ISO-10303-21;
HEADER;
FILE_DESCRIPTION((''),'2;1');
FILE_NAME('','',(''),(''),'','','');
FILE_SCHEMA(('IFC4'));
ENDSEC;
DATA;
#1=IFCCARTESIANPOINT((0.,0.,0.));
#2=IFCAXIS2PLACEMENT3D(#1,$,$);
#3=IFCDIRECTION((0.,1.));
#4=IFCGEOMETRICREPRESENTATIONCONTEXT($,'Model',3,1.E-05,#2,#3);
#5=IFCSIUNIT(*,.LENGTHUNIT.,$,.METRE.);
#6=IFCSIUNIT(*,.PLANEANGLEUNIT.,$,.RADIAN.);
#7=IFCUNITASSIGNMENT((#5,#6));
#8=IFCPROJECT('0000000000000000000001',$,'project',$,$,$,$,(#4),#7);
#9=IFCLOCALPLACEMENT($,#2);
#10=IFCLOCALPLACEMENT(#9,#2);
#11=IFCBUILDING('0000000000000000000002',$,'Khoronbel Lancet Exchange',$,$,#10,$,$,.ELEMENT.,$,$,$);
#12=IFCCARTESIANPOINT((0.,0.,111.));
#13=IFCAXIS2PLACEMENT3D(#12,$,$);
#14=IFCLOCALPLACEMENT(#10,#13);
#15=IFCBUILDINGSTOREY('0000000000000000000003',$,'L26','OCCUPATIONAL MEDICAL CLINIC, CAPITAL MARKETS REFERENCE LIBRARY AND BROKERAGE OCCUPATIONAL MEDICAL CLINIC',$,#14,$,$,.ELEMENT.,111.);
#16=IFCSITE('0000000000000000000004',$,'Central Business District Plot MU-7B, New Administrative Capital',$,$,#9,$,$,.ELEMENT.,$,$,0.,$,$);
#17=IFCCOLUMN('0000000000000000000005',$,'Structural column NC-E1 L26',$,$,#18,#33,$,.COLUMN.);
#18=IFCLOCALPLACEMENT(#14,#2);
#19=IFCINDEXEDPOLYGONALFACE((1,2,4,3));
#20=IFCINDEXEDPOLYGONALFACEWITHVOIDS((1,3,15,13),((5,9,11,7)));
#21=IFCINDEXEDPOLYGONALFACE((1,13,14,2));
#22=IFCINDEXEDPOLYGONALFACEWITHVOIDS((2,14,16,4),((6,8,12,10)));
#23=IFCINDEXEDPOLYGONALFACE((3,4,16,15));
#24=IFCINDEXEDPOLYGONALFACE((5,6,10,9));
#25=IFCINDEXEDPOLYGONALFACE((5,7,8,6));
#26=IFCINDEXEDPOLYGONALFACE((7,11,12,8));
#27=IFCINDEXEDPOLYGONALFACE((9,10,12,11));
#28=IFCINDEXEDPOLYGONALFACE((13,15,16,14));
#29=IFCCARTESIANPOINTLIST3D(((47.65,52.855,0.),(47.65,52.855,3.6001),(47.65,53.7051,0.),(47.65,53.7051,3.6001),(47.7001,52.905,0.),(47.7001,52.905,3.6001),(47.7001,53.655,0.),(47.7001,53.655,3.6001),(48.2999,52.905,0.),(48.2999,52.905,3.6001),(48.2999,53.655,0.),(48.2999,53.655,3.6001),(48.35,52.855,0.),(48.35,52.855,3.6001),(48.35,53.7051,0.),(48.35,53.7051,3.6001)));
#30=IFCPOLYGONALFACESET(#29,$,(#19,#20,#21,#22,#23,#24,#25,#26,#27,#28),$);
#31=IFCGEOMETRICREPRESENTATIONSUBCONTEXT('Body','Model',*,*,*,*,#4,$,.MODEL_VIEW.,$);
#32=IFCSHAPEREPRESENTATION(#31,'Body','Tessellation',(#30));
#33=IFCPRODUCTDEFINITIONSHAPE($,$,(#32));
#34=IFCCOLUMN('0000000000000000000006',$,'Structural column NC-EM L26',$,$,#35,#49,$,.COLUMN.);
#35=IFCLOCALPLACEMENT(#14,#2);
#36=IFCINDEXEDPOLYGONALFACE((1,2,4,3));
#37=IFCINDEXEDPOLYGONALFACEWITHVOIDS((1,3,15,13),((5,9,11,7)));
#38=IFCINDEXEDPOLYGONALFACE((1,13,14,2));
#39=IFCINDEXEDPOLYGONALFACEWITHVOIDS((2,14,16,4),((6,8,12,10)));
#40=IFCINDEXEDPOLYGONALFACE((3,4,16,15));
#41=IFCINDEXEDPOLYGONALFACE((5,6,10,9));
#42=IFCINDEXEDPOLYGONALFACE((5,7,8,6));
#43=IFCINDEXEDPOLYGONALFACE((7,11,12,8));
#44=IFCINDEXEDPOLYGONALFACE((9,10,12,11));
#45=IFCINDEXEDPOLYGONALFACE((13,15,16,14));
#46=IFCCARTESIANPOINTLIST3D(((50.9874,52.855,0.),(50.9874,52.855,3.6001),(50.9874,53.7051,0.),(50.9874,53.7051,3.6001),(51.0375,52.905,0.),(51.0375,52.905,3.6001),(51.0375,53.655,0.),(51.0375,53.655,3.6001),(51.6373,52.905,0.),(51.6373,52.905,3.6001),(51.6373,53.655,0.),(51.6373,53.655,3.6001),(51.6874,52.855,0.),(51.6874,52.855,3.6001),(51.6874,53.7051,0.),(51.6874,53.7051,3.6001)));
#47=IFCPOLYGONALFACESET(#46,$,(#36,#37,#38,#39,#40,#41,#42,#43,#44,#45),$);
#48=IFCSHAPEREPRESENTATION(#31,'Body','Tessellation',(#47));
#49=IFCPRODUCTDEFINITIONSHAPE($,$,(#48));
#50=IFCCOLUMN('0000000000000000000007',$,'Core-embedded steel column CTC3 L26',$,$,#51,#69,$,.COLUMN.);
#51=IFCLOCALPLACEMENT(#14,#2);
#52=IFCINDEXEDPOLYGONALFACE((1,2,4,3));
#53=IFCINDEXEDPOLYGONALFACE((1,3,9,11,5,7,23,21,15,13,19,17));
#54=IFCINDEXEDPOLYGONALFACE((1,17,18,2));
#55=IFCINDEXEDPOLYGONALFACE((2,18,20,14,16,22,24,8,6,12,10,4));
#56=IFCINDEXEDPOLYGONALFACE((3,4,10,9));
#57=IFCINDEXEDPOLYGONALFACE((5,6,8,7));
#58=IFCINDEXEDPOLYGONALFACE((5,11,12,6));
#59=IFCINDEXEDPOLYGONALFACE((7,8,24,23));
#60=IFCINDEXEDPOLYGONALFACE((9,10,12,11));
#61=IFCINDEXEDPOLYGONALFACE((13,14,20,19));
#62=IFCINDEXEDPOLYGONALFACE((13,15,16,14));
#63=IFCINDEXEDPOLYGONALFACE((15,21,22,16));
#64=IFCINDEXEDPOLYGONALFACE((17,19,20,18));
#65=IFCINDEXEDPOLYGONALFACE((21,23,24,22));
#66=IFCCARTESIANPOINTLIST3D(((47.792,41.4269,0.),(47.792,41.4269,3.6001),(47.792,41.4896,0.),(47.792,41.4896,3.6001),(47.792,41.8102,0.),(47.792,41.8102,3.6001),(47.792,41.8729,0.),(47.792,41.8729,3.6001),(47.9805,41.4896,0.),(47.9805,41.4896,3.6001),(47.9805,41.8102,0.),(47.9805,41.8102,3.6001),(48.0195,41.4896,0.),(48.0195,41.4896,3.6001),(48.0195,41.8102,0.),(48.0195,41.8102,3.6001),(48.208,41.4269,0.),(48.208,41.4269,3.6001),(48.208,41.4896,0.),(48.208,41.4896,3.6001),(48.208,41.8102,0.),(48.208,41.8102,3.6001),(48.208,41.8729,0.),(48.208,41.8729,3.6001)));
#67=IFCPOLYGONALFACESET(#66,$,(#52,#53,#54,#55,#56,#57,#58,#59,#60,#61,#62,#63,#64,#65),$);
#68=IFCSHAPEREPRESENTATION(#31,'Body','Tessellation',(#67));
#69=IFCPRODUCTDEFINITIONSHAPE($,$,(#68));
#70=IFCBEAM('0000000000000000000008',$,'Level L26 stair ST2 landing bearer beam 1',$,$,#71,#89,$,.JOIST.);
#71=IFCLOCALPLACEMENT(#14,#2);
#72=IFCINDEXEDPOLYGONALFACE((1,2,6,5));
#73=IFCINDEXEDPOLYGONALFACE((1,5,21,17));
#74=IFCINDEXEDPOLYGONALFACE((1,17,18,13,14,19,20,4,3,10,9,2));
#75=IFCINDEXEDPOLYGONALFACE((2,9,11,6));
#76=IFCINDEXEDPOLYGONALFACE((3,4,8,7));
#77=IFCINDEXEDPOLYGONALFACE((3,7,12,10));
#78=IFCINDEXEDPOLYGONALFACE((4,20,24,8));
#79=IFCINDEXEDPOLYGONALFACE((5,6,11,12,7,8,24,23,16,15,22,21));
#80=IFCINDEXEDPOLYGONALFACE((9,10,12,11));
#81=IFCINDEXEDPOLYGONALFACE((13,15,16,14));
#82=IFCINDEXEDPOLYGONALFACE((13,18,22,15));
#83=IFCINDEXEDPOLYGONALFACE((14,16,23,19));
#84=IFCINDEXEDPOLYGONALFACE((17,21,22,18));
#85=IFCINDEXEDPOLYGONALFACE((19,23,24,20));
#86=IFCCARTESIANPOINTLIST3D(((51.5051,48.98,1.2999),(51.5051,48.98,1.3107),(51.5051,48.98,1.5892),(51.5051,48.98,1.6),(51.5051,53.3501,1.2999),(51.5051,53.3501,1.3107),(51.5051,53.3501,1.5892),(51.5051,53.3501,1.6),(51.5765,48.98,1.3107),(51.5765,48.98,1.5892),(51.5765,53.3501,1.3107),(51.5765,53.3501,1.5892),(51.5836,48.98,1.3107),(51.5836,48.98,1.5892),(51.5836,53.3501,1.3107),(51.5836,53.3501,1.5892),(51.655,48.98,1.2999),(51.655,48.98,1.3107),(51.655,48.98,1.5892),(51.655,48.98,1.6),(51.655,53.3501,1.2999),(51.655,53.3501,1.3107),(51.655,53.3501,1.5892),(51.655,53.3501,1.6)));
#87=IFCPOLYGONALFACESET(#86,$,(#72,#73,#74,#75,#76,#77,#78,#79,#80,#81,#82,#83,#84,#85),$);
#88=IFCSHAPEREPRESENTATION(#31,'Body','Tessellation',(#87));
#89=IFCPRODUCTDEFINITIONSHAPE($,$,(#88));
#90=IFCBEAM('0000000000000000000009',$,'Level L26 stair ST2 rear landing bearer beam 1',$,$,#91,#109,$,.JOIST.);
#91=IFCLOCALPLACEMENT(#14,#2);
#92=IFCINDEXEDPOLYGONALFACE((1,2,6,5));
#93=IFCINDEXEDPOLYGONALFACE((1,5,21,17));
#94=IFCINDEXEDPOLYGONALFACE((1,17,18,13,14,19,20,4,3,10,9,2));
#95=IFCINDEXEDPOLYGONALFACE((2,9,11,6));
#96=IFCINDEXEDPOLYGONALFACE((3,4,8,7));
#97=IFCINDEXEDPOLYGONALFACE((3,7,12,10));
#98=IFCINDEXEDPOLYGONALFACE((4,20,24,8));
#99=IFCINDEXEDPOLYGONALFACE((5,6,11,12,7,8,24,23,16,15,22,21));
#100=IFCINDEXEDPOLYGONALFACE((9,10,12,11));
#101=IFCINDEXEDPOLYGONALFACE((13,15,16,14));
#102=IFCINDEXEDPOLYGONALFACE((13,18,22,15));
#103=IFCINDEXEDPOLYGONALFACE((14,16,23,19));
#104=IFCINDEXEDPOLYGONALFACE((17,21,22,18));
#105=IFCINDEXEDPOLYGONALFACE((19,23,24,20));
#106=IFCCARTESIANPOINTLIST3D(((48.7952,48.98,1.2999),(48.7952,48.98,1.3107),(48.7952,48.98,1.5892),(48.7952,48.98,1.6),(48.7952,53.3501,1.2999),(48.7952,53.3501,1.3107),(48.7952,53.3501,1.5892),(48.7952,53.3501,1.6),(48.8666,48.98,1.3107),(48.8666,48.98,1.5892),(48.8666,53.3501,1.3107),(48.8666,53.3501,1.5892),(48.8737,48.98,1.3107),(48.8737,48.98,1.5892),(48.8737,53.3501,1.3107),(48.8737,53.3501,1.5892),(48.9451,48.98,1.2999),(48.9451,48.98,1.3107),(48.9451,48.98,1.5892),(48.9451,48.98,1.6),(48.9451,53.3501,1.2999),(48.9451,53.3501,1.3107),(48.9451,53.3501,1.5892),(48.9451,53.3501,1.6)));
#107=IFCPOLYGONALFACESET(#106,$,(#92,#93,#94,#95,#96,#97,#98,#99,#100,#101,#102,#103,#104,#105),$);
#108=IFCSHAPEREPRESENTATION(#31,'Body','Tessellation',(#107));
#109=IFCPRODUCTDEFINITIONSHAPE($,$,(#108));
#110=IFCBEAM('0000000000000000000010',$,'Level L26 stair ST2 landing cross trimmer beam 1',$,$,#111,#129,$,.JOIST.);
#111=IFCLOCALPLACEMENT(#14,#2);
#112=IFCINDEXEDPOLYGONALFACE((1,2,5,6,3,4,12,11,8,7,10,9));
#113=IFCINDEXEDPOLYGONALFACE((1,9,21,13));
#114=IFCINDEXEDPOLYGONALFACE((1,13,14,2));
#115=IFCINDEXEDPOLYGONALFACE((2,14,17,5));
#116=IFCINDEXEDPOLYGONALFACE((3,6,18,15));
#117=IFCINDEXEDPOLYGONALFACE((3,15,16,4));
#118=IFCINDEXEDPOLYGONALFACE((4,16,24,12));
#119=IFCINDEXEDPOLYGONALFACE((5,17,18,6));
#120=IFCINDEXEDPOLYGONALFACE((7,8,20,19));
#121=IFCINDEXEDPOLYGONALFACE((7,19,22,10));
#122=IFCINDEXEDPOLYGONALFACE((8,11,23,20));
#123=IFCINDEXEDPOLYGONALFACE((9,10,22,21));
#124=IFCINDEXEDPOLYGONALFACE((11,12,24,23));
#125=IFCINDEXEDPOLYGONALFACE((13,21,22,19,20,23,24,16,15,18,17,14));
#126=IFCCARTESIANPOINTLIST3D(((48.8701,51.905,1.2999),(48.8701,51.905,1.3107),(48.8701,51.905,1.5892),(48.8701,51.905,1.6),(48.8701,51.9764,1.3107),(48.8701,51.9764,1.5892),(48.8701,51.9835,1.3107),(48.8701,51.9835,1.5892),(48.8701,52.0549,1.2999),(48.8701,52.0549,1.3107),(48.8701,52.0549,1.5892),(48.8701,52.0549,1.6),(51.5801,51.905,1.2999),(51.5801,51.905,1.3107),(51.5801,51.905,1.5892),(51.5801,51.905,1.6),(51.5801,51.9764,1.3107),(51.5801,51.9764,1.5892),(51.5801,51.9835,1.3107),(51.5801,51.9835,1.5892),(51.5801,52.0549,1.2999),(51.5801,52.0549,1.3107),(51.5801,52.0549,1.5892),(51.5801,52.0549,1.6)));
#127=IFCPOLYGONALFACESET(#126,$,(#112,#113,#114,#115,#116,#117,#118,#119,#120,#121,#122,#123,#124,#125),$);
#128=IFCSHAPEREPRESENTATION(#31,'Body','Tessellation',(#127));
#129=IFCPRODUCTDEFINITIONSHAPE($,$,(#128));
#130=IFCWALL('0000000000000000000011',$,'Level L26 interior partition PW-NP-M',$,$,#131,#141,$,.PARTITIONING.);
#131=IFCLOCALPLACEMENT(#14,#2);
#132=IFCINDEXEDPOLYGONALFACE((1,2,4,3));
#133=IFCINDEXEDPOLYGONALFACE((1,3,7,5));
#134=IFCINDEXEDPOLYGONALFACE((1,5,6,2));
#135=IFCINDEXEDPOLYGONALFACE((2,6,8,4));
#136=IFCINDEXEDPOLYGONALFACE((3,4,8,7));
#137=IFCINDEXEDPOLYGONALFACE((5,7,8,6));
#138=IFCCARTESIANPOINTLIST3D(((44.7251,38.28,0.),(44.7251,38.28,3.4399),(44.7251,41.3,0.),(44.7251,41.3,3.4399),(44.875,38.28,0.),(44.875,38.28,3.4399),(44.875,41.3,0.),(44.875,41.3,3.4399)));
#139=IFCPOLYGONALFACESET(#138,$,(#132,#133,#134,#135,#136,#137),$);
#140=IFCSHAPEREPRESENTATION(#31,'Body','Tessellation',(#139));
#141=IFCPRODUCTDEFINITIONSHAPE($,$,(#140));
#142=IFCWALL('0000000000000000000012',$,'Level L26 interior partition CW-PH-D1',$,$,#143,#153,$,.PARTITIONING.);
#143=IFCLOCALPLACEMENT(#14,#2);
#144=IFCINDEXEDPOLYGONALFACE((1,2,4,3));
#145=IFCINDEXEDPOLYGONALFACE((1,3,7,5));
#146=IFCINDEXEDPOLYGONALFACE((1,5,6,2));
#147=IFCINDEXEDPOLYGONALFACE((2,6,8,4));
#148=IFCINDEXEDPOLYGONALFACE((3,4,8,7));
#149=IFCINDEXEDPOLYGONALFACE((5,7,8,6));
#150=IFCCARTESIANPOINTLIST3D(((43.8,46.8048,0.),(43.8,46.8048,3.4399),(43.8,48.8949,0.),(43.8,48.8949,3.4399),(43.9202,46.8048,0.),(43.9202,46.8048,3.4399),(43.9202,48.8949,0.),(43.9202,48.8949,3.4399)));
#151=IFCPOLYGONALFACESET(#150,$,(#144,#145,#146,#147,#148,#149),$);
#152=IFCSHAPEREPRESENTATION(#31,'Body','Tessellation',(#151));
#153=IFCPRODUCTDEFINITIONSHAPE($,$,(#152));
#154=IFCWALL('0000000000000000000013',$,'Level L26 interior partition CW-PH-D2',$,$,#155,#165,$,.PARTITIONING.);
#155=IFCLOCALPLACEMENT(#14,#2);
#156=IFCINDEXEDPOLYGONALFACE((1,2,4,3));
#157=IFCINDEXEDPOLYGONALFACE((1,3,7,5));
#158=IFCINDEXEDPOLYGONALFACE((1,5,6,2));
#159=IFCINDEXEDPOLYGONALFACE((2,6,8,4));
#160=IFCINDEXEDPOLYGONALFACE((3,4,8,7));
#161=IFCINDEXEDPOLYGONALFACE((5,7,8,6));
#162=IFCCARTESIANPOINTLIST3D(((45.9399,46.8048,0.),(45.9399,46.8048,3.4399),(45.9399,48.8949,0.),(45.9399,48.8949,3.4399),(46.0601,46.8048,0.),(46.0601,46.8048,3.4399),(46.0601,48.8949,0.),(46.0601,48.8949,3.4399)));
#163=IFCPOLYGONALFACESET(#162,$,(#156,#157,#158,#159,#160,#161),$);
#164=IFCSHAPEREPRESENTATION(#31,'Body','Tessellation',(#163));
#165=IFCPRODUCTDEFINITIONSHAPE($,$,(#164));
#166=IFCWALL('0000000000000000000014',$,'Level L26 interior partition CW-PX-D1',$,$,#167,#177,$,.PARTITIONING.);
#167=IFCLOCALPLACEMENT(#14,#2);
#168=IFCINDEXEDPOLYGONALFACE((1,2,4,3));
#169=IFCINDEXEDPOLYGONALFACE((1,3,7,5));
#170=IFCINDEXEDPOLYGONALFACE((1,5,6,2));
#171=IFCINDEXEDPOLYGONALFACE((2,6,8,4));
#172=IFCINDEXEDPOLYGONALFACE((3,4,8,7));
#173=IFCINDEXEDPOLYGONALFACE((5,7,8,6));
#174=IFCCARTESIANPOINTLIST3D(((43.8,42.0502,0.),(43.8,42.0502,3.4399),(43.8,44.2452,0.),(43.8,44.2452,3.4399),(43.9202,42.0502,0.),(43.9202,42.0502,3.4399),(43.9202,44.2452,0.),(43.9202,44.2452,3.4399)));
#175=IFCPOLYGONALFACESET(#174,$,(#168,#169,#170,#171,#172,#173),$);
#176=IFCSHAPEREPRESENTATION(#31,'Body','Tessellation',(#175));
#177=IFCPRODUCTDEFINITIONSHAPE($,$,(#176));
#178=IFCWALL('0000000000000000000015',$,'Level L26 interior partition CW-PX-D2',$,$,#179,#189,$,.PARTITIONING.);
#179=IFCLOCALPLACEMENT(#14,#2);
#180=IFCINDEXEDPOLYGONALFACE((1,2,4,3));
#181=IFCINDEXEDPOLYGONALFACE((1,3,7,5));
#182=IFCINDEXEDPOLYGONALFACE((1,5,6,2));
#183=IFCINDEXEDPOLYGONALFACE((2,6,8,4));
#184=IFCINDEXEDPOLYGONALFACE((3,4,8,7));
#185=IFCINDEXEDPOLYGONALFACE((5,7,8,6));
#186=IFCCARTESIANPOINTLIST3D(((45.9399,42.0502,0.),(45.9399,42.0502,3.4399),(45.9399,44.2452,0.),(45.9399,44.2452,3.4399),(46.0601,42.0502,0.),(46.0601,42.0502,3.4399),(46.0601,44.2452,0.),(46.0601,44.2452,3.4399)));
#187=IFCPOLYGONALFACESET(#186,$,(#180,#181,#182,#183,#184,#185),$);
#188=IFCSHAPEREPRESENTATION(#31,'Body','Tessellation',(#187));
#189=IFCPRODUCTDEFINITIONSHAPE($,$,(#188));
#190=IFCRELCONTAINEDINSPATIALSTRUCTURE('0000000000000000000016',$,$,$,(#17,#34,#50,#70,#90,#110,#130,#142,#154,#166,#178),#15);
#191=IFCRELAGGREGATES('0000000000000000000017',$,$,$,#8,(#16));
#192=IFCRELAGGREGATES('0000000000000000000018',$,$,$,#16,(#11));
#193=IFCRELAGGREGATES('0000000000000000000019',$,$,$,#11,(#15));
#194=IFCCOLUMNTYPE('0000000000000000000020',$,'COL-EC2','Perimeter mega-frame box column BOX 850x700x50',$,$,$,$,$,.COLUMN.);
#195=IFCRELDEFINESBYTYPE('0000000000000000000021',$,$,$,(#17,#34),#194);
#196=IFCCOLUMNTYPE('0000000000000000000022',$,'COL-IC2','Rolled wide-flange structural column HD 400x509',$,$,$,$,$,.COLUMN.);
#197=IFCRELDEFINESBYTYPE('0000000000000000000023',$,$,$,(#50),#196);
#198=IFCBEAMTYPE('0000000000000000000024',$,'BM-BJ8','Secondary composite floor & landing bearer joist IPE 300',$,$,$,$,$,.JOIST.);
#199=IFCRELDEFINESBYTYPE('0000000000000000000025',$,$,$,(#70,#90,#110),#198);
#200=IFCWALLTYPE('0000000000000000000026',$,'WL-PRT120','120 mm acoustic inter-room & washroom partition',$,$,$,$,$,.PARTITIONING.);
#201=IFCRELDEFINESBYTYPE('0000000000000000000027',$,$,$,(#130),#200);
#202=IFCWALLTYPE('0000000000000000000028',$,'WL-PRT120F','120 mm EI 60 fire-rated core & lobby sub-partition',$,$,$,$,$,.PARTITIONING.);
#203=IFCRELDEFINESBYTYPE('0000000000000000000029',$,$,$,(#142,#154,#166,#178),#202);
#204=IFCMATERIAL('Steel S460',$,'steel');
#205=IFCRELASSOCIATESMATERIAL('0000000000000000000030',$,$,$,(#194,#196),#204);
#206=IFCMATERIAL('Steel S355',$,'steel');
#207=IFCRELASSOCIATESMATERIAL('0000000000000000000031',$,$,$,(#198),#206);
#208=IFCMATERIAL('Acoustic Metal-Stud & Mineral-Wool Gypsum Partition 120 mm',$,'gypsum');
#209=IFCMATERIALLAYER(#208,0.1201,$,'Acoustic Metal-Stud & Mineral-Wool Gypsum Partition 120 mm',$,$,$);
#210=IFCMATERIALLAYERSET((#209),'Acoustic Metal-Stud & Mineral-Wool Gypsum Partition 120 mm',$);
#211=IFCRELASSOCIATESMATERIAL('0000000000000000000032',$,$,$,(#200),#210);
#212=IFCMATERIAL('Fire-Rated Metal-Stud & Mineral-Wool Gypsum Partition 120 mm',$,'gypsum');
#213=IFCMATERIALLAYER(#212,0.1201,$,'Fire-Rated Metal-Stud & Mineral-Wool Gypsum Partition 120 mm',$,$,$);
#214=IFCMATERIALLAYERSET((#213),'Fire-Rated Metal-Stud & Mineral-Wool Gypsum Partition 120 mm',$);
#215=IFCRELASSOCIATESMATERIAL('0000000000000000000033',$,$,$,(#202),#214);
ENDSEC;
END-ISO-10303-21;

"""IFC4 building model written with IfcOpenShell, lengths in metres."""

from ifc_helpers import new_model, si_unit, direction, frame, frame_2d, origin, origin_2d, place, context, subcontext, project, spatial, rectangle, hollow_rectangle, i_section, extrude, material, layer, layer_set, material_profile, profile_set, type_object, element, save


model = new_model("IFC4")

# Units and contexts
model_context = context("Model", 3, precision=1e-05, world=origin(), true_north=direction((0.0, 1.0)))
body_context = subcontext(model_context, "Body", "Model", "MODEL_VIEW")
ifc_project = project(units=[si_unit("LENGTHUNIT", "METRE"), si_unit("PLANEANGLEUNIT", "RADIAN")], contexts=[model_context])

# Site, building, storey
site_placement = place(None, origin())
site = spatial("IfcSite", under=ifc_project, at=site_placement, Name="Central Business District Plot MU-7B, New Administrative Capital", CompositionType="ELEMENT", RefElevation=0.0)
building_placement = place(site_placement, origin())
building = spatial("IfcBuilding", under=site, at=building_placement, Name="Khoronbel Lancet Exchange", CompositionType="ELEMENT")
storey_placement = place(building_placement, frame((0.0, 0.0, 111.0)))
storey = spatial("IfcBuildingStorey", under=building, at=storey_placement, Name="L26", Description="OCCUPATIONAL MEDICAL CLINIC, CAPITAL MARKETS REFERENCE LIBRARY AND BROKERAGE OCCUPATIONAL MEDICAL CLINIC", CompositionType="ELEMENT", Elevation=111.0)

# Columns
ifc_material_1 = material(Name="Steel S460", Category="steel")
ifc_material_profile_1 = material_profile(ifc_material_1, hollow_rectangle(XDim=0.7, YDim=0.8501, WallThickness=0.05, at=origin_2d()), Name="BOX 850x700x50")
ifc_profile_set_1 = profile_set([ifc_material_profile_1], Name="Steel S460")
column_type_1 = type_object("IfcColumnType", Name="COL-EC2", Description="Perimeter mega-frame box column BOX 850x700x50", PredefinedType="COLUMN", material=ifc_profile_set_1)
for number, where, z_axis, x_axis, name in (
    (1, (48.0, 53.28, 0.0), (0.0, 0.0, 1.0), (1.0, 0.0, 0.0), "Structural column NC-E1 L26"),
    (2, (51.3374, 53.28, 0.0), (0.0, 0.0, 1.0), (1.0, 0.0, 0.0), "Structural column NC-EM L26"),
):
    element("IfcColumn", number, at=place(storey_placement, frame(where, z_axis=z_axis, x_axis=x_axis)), inside=storey, type_object=column_type_1, Name=name, PredefinedType="COLUMN", context=body_context, shape_type="SweptSolid", body=[
        extrude(hollow_rectangle(XDim=0.7, YDim=0.8501, WallThickness=0.05, at=origin_2d()), origin(), (0.0, 0.0, 1.0), 3.6001),
    ])
ifc_material_profile_2 = material_profile(ifc_material_1, i_section(OverallWidth=0.416, OverallDepth=0.446, WebThickness=0.0391, FlangeThickness=0.0627, at=origin_2d()), Name="HD 400x509")
ifc_profile_set_2 = profile_set([ifc_material_profile_2], Name="Steel S460")
column_type_2 = type_object("IfcColumnType", Name="COL-IC2", Description="Rolled wide-flange structural column HD 400x509", PredefinedType="COLUMN", material=ifc_profile_set_2)
column_placement = place(storey_placement, frame((48.0, 41.6499, 0.0), z_axis=(0.0, 0.0, 1.0), x_axis=(1.0, 0.0, 0.0)))
element("IfcColumn", 3, at=column_placement, inside=storey, type_object=column_type_2, Name="Core-embedded steel column CTC3 L26", PredefinedType="COLUMN", context=body_context, shape_type="SweptSolid", body=[
    extrude(i_section(OverallWidth=0.416, OverallDepth=0.446, WebThickness=0.0391, FlangeThickness=0.0627, at=origin_2d()), origin(), (0.0, 0.0, 1.0), 3.6001),
])

# Beams
ifc_material_2 = material(Name="Steel S355", Category="steel")
ifc_material_profile_3 = material_profile(ifc_material_2, i_section(OverallWidth=0.1499, OverallDepth=0.3, WebThickness=0.0071, FlangeThickness=0.0107, at=origin_2d()), Name="IPE 300")
ifc_profile_set_3 = profile_set([ifc_material_profile_3], Name="Steel S355")
beam_type = type_object("IfcBeamType", Name="BM-BJ8", Description="Secondary composite floor & landing bearer joist IPE 300", PredefinedType="JOIST", material=ifc_profile_set_3)
for number, where, z_axis, x_axis, name in (
    (4, (51.5801, 48.98, 1.45), (0.0, 1.0, 0.0), (-1.0, 0.0, 0.0), "Level L26 stair ST2 landing bearer beam 1"),
    (5, (48.8701, 48.98, 1.45), (0.0, 1.0, 0.0), (-1.0, 0.0, 0.0), "Level L26 stair ST2 rear landing bearer beam 1"),
):
    element("IfcBeam", number, at=place(storey_placement, frame(where, z_axis=z_axis, x_axis=x_axis)), inside=storey, type_object=beam_type, Name=name, PredefinedType="JOIST", context=body_context, shape_type="SweptSolid", body=[
        extrude(i_section(OverallWidth=0.1499, OverallDepth=0.3, WebThickness=0.0071, FlangeThickness=0.0107, at=origin_2d()), origin(), (0.0, 0.0, 1.0), 4.3701),
    ])
beam_placement = place(storey_placement, frame((48.8701, 51.98, 1.45), z_axis=(1.0, 0.0, 0.0), x_axis=(0.0, 1.0, 0.0)))
element("IfcBeam", 6, at=beam_placement, inside=storey, type_object=beam_type, Name="Level L26 stair ST2 landing cross trimmer beam 1", PredefinedType="JOIST", context=body_context, shape_type="SweptSolid", body=[
    extrude(i_section(OverallWidth=0.1499, OverallDepth=0.3, WebThickness=0.0071, FlangeThickness=0.0107, at=origin_2d()), origin(), (0.0, 0.0, 1.0), 2.71),
])

# Walls
ifc_material_3 = material(Name="Acoustic Metal-Stud & Mineral-Wool Gypsum Partition 120 mm", Category="gypsum")
ifc_layer_1 = layer(ifc_material_3, 0.1201, Name="Acoustic Metal-Stud & Mineral-Wool Gypsum Partition 120 mm")
ifc_layer_set_1 = layer_set([ifc_layer_1], Name="Acoustic Metal-Stud & Mineral-Wool Gypsum Partition 120 mm")
wall_type_1 = type_object("IfcWallType", Name="WL-PRT120", Description="120 mm acoustic inter-room & washroom partition", PredefinedType="PARTITIONING", material=ifc_layer_set_1)
wall_1_placement = place(storey_placement, frame((44.8, 38.28, 0.0), z_axis=(0.0, 0.0, 1.0), x_axis=(0.0, 1.0, 0.0)))
element("IfcWall", 7, at=wall_1_placement, inside=storey, type_object=wall_type_1, Name="Level L26 interior partition PW-NP-M", PredefinedType="PARTITIONING", context=body_context, shape_type="SweptSolid", body=[
    extrude(rectangle(XDim=3.02, YDim=0.1499, at=frame_2d((1.51, 0.0))), origin(), (0.0, 0.0, 1.0), 3.4399),
])
ifc_material_4 = material(Name="Fire-Rated Metal-Stud & Mineral-Wool Gypsum Partition 120 mm", Category="gypsum")
ifc_layer_2 = layer(ifc_material_4, 0.1201, Name="Fire-Rated Metal-Stud & Mineral-Wool Gypsum Partition 120 mm")
ifc_layer_set_2 = layer_set([ifc_layer_2], Name="Fire-Rated Metal-Stud & Mineral-Wool Gypsum Partition 120 mm")
wall_type_2 = type_object("IfcWallType", Name="WL-PRT120F", Description="120 mm EI 60 fire-rated core & lobby sub-partition", PredefinedType="PARTITIONING", material=ifc_layer_set_2)
for number, where, z_axis, x_axis, name in (
    (8, (43.8601, 46.8049, 0.0), (0.0, 0.0, 1.0), (0.0, 1.0, 0.0), "Level L26 interior partition CW-PH-D1"),
    (9, (46.0, 46.8049, 0.0), (0.0, 0.0, 1.0), (0.0, 1.0, 0.0), "Level L26 interior partition CW-PH-D2"),
):
    element("IfcWall", number, at=place(storey_placement, frame(where, z_axis=z_axis, x_axis=x_axis)), inside=storey, type_object=wall_type_2, Name=name, PredefinedType="PARTITIONING", context=body_context, shape_type="SweptSolid", body=[
        extrude(rectangle(XDim=2.0901, YDim=0.1201, at=frame_2d((1.0449, 0.0))), origin(), (0.0, 0.0, 1.0), 3.4399),
    ])
for number, where, z_axis, x_axis, name in (
    (10, (43.8601, 42.05, 0.0), (0.0, 0.0, 1.0), (0.0, 1.0, 0.0), "Level L26 interior partition CW-PX-D1"),
    (11, (46.0, 42.05, 0.0), (0.0, 0.0, 1.0), (0.0, 1.0, 0.0), "Level L26 interior partition CW-PX-D2"),
):
    element("IfcWall", number, at=place(storey_placement, frame(where, z_axis=z_axis, x_axis=x_axis)), inside=storey, type_object=wall_type_2, Name=name, PredefinedType="PARTITIONING", context=body_context, shape_type="SweptSolid", body=[
        extrude(rectangle(XDim=2.1951, YDim=0.1201, at=frame_2d((1.0977, 0.0))), origin(), (0.0, 0.0, 1.0), 3.4399),
    ])

save(model, "model.ifc")
